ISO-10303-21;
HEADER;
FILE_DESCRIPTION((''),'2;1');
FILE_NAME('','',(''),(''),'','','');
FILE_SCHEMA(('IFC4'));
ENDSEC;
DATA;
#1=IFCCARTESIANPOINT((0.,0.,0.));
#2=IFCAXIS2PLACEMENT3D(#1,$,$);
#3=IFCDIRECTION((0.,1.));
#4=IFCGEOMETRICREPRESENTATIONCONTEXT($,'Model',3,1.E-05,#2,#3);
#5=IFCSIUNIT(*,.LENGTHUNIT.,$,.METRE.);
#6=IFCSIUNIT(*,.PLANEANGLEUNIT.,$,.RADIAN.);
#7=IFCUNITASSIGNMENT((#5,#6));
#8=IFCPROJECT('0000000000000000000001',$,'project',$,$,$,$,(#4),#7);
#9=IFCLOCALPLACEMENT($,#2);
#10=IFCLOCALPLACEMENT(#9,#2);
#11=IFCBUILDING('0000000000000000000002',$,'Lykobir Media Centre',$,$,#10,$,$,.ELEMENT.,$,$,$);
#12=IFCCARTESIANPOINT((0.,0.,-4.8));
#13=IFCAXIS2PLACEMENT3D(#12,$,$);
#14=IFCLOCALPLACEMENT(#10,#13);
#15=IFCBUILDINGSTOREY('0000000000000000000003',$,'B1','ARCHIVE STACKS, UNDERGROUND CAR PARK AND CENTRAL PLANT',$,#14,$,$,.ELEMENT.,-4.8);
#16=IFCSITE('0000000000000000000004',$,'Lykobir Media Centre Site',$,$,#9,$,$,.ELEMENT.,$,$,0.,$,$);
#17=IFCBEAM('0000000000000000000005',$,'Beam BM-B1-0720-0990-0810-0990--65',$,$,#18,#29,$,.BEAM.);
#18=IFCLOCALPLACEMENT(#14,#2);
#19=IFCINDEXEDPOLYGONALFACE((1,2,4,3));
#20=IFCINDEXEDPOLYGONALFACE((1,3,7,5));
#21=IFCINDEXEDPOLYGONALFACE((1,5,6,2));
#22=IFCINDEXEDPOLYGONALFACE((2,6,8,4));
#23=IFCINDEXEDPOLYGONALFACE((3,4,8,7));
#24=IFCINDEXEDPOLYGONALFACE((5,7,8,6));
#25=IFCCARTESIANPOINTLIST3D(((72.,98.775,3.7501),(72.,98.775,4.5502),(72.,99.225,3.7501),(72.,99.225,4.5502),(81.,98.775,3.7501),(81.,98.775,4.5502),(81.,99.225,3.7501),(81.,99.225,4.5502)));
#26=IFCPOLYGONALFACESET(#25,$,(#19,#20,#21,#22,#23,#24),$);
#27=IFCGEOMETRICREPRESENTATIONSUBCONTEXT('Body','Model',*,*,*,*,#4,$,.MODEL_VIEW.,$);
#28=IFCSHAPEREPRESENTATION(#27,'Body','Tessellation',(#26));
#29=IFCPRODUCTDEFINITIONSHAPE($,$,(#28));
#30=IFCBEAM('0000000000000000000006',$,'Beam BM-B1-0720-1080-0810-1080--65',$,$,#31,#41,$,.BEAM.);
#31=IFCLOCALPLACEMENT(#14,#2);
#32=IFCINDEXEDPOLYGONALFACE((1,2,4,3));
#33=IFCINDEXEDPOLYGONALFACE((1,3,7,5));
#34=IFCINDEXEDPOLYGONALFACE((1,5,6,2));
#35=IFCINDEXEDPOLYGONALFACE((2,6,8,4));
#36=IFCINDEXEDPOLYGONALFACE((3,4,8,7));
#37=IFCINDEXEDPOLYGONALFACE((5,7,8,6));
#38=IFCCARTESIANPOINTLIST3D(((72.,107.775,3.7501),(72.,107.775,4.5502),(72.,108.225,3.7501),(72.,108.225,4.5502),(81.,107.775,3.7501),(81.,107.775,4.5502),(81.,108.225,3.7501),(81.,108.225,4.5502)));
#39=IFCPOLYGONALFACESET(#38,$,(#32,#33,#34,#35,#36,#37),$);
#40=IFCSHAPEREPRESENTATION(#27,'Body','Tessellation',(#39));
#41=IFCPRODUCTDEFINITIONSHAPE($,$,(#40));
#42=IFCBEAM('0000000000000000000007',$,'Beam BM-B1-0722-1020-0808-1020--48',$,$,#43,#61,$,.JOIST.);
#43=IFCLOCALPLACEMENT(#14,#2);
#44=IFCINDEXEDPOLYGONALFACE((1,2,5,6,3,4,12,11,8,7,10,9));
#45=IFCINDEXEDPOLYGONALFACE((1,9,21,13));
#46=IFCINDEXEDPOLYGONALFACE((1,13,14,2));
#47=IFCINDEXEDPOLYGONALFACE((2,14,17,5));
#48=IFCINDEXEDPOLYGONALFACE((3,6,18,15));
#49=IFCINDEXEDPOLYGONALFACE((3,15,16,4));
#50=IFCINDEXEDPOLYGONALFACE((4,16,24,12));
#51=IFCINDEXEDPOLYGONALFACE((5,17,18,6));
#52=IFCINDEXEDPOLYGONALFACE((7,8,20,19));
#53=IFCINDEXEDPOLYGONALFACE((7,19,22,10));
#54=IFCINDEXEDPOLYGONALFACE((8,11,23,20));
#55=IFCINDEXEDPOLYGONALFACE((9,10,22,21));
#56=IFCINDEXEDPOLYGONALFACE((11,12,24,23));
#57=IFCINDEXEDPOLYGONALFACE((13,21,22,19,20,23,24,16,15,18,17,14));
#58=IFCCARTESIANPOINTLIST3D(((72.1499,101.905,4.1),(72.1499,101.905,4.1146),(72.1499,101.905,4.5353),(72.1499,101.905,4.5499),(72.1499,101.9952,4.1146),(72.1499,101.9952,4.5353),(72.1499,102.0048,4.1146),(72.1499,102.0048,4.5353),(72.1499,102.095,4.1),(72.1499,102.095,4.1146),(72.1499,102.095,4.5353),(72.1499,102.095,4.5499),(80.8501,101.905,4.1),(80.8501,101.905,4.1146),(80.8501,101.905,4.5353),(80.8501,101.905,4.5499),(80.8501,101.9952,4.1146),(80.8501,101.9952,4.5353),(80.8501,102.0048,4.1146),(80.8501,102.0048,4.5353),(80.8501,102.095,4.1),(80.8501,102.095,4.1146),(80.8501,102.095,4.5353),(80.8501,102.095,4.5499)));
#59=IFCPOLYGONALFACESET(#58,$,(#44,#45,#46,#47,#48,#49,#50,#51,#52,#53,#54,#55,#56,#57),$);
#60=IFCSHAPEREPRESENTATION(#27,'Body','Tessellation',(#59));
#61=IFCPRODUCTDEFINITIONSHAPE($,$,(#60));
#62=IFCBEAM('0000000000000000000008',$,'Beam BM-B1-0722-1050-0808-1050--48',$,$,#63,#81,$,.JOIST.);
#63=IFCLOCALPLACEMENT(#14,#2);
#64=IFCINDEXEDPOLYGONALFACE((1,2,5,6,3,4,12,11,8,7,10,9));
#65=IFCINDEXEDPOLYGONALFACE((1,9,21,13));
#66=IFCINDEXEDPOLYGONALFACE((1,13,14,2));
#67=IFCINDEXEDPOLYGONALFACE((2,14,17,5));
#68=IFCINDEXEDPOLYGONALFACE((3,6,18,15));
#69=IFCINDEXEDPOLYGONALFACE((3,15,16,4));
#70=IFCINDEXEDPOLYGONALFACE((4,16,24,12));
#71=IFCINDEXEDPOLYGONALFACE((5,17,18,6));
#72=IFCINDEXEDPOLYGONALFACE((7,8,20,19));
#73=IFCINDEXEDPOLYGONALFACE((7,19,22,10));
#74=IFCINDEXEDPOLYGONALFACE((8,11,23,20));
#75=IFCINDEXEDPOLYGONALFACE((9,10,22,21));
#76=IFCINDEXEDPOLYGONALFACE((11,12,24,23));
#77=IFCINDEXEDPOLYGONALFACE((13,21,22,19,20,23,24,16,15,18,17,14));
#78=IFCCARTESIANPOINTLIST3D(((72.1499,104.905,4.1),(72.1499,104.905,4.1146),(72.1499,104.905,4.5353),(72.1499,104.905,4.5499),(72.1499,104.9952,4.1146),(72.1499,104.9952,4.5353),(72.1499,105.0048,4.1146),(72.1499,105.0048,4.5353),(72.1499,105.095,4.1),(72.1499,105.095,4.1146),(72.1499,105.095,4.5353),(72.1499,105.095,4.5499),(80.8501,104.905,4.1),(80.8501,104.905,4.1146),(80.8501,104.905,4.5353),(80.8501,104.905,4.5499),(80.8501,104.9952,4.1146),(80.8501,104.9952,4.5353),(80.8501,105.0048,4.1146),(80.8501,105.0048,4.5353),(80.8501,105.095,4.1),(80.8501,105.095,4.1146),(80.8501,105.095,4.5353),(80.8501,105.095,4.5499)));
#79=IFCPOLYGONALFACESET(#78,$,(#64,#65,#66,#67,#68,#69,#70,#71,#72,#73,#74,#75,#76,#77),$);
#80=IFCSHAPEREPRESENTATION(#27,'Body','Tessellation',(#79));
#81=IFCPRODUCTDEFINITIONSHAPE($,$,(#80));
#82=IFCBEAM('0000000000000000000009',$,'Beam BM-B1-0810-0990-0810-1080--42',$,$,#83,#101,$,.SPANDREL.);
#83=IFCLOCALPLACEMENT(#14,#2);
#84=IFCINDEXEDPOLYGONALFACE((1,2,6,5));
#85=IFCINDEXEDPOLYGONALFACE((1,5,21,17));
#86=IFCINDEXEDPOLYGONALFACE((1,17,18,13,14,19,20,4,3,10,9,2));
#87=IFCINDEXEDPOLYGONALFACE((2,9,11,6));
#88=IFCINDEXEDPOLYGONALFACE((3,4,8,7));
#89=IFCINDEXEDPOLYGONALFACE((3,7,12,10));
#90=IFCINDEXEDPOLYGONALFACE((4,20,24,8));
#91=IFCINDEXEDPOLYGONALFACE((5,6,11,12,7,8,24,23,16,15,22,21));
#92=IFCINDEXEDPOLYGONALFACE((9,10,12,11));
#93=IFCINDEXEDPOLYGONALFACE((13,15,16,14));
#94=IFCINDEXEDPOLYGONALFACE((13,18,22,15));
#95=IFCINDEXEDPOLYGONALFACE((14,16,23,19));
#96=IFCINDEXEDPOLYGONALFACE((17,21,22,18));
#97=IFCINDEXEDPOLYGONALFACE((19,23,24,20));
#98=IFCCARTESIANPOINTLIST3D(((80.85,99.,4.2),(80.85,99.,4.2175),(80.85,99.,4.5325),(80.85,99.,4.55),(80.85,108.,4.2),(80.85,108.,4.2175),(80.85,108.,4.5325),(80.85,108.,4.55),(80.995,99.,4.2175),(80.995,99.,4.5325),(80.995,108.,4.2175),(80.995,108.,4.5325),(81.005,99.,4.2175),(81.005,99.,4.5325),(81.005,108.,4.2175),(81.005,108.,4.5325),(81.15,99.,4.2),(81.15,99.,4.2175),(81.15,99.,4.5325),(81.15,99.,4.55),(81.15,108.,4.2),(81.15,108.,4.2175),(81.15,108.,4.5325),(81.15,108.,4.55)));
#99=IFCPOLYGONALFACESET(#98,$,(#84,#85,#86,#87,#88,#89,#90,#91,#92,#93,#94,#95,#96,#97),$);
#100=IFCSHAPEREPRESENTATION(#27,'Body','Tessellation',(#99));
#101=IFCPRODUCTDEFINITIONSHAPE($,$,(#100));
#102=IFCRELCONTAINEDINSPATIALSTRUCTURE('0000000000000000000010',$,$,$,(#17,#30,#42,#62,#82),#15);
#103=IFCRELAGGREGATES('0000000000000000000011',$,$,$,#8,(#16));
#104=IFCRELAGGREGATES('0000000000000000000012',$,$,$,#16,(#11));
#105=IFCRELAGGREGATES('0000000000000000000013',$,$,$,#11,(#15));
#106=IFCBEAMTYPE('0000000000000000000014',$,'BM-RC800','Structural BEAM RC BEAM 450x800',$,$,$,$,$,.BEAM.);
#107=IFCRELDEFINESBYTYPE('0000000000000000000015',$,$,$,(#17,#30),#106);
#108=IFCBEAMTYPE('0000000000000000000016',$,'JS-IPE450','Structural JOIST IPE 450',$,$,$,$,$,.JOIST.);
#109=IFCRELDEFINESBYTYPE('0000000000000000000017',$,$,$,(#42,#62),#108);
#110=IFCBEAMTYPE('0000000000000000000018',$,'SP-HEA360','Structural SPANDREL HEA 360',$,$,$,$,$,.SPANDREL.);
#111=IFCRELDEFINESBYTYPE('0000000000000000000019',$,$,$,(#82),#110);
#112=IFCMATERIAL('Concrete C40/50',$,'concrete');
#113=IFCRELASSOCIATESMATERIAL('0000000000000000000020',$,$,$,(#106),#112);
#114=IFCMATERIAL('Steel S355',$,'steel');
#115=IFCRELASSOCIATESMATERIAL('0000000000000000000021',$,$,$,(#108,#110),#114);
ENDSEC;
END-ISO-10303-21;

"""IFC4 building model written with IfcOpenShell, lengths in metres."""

from ifc_helpers import new_model, si_unit, direction, frame, origin, origin_2d, place, context, subcontext, project, spatial, rectangle, i_section, extrude, material, material_profile, profile_set, type_object, element, save


model = new_model("IFC4")

# Units and contexts
model_context = context("Model", 3, precision=1e-05, world=origin(), true_north=direction((0.0, 1.0)))
body_context = subcontext(model_context, "Body", "Model", "MODEL_VIEW")
ifc_project = project(units=[si_unit("LENGTHUNIT", "METRE"), si_unit("PLANEANGLEUNIT", "RADIAN")], contexts=[model_context])

# Site, building, storey
site_placement = place(None, origin())
site = spatial("IfcSite", under=ifc_project, at=site_placement, Name="Lykobir Media Centre Site", CompositionType="ELEMENT", RefElevation=0.0)
building_placement = place(site_placement, origin())
building = spatial("IfcBuilding", under=site, at=building_placement, Name="Lykobir Media Centre", CompositionType="ELEMENT")
storey_placement = place(building_placement, frame((0.0, 0.0, -4.8)))
storey = spatial("IfcBuildingStorey", under=building, at=storey_placement, Name="B1", Description="ARCHIVE STACKS, UNDERGROUND CAR PARK AND CENTRAL PLANT", CompositionType="ELEMENT", Elevation=-4.8)

# Shared definitions
ifc_material_1 = material(Name="Concrete C40/50", Category="concrete")

# Beams
ifc_material_2 = material(Name="Steel S355", Category="steel")
ifc_material_profile_1 = material_profile(ifc_material_1, rectangle(XDim=0.45, YDim=0.8, at=origin_2d()), Name="RC BEAM 450x800")
ifc_profile_set_1 = profile_set([ifc_material_profile_1], Name="Concrete C40/50")
beam_type_1 = type_object("IfcBeamType", Name="BM-RC800", Description="Structural BEAM RC BEAM 450x800", PredefinedType="BEAM", material=ifc_profile_set_1)
for number, where, z_axis, x_axis, name in (
    (1, (72.0, 99.0, 4.1501), (1.0, 0.0, 0.0), (0.0, 1.0, 0.0), "Beam BM-B1-0720-0990-0810-0990--65"),
    (2, (72.0, 108.0, 4.1501), (1.0, 0.0, 0.0), (0.0, 1.0, 0.0), "Beam BM-B1-0720-1080-0810-1080--65"),
):
    element("IfcBeam", number, at=place(storey_placement, frame(where, z_axis=z_axis, x_axis=x_axis)), inside=storey, type_object=beam_type_1, Name=name, PredefinedType="BEAM", context=body_context, shape_type="SweptSolid", body=[
        extrude(rectangle(XDim=0.45, YDim=0.8, at=origin_2d()), origin(), (0.0, 0.0, 1.0), 9.0),
    ])
ifc_material_profile_2 = material_profile(ifc_material_2, i_section(OverallWidth=0.1899, OverallDepth=0.45, WebThickness=0.0095, FlangeThickness=0.0146, at=origin_2d()), Name="IPE 450")
ifc_profile_set_2 = profile_set([ifc_material_profile_2], Name="Steel S355")
beam_type_2 = type_object("IfcBeamType", Name="JS-IPE450", Description="Structural JOIST IPE 450", PredefinedType="JOIST", material=ifc_profile_set_2)
for number, where, z_axis, x_axis, name in (
    (3, (72.1499, 102.0, 4.325), (1.0, 0.0, 0.0), (0.0, 1.0, 0.0), "Beam BM-B1-0722-1020-0808-1020--48"),
    (4, (72.1499, 105.0, 4.325), (1.0, 0.0, 0.0), (0.0, 1.0, 0.0), "Beam BM-B1-0722-1050-0808-1050--48"),
):
    element("IfcBeam", number, at=place(storey_placement, frame(where, z_axis=z_axis, x_axis=x_axis)), inside=storey, type_object=beam_type_2, Name=name, PredefinedType="JOIST", context=body_context, shape_type="SweptSolid", body=[
        extrude(i_section(OverallWidth=0.1899, OverallDepth=0.45, WebThickness=0.0095, FlangeThickness=0.0146, at=origin_2d()), origin(), (0.0, 0.0, 1.0), 8.7002),
    ])
ifc_material_profile_3 = material_profile(ifc_material_2, i_section(OverallWidth=0.3, OverallDepth=0.3501, WebThickness=0.01, FlangeThickness=0.0176, at=origin_2d()), Name="HEA 360")
ifc_profile_set_3 = profile_set([ifc_material_profile_3], Name="Steel S355")
beam_type_3 = type_object("IfcBeamType", Name="SP-HEA360", Description="Structural SPANDREL HEA 360", PredefinedType="SPANDREL", material=ifc_profile_set_3)
beam_1_placement = place(storey_placement, frame((81.0, 99.0, 4.375), z_axis=(0.0, 1.0, 0.0), x_axis=(-1.0, 0.0, 0.0)))
element("IfcBeam", 5, at=beam_1_placement, inside=storey, type_object=beam_type_3, Name="Beam BM-B1-0810-0990-0810-1080--42", PredefinedType="SPANDREL", context=body_context, shape_type="SweptSolid", body=[
    extrude(i_section(OverallWidth=0.3, OverallDepth=0.3501, WebThickness=0.01, FlangeThickness=0.0176, at=origin_2d()), origin(), (0.0, 0.0, 1.0), 9.0),
])

save(model, "model.ifc")
